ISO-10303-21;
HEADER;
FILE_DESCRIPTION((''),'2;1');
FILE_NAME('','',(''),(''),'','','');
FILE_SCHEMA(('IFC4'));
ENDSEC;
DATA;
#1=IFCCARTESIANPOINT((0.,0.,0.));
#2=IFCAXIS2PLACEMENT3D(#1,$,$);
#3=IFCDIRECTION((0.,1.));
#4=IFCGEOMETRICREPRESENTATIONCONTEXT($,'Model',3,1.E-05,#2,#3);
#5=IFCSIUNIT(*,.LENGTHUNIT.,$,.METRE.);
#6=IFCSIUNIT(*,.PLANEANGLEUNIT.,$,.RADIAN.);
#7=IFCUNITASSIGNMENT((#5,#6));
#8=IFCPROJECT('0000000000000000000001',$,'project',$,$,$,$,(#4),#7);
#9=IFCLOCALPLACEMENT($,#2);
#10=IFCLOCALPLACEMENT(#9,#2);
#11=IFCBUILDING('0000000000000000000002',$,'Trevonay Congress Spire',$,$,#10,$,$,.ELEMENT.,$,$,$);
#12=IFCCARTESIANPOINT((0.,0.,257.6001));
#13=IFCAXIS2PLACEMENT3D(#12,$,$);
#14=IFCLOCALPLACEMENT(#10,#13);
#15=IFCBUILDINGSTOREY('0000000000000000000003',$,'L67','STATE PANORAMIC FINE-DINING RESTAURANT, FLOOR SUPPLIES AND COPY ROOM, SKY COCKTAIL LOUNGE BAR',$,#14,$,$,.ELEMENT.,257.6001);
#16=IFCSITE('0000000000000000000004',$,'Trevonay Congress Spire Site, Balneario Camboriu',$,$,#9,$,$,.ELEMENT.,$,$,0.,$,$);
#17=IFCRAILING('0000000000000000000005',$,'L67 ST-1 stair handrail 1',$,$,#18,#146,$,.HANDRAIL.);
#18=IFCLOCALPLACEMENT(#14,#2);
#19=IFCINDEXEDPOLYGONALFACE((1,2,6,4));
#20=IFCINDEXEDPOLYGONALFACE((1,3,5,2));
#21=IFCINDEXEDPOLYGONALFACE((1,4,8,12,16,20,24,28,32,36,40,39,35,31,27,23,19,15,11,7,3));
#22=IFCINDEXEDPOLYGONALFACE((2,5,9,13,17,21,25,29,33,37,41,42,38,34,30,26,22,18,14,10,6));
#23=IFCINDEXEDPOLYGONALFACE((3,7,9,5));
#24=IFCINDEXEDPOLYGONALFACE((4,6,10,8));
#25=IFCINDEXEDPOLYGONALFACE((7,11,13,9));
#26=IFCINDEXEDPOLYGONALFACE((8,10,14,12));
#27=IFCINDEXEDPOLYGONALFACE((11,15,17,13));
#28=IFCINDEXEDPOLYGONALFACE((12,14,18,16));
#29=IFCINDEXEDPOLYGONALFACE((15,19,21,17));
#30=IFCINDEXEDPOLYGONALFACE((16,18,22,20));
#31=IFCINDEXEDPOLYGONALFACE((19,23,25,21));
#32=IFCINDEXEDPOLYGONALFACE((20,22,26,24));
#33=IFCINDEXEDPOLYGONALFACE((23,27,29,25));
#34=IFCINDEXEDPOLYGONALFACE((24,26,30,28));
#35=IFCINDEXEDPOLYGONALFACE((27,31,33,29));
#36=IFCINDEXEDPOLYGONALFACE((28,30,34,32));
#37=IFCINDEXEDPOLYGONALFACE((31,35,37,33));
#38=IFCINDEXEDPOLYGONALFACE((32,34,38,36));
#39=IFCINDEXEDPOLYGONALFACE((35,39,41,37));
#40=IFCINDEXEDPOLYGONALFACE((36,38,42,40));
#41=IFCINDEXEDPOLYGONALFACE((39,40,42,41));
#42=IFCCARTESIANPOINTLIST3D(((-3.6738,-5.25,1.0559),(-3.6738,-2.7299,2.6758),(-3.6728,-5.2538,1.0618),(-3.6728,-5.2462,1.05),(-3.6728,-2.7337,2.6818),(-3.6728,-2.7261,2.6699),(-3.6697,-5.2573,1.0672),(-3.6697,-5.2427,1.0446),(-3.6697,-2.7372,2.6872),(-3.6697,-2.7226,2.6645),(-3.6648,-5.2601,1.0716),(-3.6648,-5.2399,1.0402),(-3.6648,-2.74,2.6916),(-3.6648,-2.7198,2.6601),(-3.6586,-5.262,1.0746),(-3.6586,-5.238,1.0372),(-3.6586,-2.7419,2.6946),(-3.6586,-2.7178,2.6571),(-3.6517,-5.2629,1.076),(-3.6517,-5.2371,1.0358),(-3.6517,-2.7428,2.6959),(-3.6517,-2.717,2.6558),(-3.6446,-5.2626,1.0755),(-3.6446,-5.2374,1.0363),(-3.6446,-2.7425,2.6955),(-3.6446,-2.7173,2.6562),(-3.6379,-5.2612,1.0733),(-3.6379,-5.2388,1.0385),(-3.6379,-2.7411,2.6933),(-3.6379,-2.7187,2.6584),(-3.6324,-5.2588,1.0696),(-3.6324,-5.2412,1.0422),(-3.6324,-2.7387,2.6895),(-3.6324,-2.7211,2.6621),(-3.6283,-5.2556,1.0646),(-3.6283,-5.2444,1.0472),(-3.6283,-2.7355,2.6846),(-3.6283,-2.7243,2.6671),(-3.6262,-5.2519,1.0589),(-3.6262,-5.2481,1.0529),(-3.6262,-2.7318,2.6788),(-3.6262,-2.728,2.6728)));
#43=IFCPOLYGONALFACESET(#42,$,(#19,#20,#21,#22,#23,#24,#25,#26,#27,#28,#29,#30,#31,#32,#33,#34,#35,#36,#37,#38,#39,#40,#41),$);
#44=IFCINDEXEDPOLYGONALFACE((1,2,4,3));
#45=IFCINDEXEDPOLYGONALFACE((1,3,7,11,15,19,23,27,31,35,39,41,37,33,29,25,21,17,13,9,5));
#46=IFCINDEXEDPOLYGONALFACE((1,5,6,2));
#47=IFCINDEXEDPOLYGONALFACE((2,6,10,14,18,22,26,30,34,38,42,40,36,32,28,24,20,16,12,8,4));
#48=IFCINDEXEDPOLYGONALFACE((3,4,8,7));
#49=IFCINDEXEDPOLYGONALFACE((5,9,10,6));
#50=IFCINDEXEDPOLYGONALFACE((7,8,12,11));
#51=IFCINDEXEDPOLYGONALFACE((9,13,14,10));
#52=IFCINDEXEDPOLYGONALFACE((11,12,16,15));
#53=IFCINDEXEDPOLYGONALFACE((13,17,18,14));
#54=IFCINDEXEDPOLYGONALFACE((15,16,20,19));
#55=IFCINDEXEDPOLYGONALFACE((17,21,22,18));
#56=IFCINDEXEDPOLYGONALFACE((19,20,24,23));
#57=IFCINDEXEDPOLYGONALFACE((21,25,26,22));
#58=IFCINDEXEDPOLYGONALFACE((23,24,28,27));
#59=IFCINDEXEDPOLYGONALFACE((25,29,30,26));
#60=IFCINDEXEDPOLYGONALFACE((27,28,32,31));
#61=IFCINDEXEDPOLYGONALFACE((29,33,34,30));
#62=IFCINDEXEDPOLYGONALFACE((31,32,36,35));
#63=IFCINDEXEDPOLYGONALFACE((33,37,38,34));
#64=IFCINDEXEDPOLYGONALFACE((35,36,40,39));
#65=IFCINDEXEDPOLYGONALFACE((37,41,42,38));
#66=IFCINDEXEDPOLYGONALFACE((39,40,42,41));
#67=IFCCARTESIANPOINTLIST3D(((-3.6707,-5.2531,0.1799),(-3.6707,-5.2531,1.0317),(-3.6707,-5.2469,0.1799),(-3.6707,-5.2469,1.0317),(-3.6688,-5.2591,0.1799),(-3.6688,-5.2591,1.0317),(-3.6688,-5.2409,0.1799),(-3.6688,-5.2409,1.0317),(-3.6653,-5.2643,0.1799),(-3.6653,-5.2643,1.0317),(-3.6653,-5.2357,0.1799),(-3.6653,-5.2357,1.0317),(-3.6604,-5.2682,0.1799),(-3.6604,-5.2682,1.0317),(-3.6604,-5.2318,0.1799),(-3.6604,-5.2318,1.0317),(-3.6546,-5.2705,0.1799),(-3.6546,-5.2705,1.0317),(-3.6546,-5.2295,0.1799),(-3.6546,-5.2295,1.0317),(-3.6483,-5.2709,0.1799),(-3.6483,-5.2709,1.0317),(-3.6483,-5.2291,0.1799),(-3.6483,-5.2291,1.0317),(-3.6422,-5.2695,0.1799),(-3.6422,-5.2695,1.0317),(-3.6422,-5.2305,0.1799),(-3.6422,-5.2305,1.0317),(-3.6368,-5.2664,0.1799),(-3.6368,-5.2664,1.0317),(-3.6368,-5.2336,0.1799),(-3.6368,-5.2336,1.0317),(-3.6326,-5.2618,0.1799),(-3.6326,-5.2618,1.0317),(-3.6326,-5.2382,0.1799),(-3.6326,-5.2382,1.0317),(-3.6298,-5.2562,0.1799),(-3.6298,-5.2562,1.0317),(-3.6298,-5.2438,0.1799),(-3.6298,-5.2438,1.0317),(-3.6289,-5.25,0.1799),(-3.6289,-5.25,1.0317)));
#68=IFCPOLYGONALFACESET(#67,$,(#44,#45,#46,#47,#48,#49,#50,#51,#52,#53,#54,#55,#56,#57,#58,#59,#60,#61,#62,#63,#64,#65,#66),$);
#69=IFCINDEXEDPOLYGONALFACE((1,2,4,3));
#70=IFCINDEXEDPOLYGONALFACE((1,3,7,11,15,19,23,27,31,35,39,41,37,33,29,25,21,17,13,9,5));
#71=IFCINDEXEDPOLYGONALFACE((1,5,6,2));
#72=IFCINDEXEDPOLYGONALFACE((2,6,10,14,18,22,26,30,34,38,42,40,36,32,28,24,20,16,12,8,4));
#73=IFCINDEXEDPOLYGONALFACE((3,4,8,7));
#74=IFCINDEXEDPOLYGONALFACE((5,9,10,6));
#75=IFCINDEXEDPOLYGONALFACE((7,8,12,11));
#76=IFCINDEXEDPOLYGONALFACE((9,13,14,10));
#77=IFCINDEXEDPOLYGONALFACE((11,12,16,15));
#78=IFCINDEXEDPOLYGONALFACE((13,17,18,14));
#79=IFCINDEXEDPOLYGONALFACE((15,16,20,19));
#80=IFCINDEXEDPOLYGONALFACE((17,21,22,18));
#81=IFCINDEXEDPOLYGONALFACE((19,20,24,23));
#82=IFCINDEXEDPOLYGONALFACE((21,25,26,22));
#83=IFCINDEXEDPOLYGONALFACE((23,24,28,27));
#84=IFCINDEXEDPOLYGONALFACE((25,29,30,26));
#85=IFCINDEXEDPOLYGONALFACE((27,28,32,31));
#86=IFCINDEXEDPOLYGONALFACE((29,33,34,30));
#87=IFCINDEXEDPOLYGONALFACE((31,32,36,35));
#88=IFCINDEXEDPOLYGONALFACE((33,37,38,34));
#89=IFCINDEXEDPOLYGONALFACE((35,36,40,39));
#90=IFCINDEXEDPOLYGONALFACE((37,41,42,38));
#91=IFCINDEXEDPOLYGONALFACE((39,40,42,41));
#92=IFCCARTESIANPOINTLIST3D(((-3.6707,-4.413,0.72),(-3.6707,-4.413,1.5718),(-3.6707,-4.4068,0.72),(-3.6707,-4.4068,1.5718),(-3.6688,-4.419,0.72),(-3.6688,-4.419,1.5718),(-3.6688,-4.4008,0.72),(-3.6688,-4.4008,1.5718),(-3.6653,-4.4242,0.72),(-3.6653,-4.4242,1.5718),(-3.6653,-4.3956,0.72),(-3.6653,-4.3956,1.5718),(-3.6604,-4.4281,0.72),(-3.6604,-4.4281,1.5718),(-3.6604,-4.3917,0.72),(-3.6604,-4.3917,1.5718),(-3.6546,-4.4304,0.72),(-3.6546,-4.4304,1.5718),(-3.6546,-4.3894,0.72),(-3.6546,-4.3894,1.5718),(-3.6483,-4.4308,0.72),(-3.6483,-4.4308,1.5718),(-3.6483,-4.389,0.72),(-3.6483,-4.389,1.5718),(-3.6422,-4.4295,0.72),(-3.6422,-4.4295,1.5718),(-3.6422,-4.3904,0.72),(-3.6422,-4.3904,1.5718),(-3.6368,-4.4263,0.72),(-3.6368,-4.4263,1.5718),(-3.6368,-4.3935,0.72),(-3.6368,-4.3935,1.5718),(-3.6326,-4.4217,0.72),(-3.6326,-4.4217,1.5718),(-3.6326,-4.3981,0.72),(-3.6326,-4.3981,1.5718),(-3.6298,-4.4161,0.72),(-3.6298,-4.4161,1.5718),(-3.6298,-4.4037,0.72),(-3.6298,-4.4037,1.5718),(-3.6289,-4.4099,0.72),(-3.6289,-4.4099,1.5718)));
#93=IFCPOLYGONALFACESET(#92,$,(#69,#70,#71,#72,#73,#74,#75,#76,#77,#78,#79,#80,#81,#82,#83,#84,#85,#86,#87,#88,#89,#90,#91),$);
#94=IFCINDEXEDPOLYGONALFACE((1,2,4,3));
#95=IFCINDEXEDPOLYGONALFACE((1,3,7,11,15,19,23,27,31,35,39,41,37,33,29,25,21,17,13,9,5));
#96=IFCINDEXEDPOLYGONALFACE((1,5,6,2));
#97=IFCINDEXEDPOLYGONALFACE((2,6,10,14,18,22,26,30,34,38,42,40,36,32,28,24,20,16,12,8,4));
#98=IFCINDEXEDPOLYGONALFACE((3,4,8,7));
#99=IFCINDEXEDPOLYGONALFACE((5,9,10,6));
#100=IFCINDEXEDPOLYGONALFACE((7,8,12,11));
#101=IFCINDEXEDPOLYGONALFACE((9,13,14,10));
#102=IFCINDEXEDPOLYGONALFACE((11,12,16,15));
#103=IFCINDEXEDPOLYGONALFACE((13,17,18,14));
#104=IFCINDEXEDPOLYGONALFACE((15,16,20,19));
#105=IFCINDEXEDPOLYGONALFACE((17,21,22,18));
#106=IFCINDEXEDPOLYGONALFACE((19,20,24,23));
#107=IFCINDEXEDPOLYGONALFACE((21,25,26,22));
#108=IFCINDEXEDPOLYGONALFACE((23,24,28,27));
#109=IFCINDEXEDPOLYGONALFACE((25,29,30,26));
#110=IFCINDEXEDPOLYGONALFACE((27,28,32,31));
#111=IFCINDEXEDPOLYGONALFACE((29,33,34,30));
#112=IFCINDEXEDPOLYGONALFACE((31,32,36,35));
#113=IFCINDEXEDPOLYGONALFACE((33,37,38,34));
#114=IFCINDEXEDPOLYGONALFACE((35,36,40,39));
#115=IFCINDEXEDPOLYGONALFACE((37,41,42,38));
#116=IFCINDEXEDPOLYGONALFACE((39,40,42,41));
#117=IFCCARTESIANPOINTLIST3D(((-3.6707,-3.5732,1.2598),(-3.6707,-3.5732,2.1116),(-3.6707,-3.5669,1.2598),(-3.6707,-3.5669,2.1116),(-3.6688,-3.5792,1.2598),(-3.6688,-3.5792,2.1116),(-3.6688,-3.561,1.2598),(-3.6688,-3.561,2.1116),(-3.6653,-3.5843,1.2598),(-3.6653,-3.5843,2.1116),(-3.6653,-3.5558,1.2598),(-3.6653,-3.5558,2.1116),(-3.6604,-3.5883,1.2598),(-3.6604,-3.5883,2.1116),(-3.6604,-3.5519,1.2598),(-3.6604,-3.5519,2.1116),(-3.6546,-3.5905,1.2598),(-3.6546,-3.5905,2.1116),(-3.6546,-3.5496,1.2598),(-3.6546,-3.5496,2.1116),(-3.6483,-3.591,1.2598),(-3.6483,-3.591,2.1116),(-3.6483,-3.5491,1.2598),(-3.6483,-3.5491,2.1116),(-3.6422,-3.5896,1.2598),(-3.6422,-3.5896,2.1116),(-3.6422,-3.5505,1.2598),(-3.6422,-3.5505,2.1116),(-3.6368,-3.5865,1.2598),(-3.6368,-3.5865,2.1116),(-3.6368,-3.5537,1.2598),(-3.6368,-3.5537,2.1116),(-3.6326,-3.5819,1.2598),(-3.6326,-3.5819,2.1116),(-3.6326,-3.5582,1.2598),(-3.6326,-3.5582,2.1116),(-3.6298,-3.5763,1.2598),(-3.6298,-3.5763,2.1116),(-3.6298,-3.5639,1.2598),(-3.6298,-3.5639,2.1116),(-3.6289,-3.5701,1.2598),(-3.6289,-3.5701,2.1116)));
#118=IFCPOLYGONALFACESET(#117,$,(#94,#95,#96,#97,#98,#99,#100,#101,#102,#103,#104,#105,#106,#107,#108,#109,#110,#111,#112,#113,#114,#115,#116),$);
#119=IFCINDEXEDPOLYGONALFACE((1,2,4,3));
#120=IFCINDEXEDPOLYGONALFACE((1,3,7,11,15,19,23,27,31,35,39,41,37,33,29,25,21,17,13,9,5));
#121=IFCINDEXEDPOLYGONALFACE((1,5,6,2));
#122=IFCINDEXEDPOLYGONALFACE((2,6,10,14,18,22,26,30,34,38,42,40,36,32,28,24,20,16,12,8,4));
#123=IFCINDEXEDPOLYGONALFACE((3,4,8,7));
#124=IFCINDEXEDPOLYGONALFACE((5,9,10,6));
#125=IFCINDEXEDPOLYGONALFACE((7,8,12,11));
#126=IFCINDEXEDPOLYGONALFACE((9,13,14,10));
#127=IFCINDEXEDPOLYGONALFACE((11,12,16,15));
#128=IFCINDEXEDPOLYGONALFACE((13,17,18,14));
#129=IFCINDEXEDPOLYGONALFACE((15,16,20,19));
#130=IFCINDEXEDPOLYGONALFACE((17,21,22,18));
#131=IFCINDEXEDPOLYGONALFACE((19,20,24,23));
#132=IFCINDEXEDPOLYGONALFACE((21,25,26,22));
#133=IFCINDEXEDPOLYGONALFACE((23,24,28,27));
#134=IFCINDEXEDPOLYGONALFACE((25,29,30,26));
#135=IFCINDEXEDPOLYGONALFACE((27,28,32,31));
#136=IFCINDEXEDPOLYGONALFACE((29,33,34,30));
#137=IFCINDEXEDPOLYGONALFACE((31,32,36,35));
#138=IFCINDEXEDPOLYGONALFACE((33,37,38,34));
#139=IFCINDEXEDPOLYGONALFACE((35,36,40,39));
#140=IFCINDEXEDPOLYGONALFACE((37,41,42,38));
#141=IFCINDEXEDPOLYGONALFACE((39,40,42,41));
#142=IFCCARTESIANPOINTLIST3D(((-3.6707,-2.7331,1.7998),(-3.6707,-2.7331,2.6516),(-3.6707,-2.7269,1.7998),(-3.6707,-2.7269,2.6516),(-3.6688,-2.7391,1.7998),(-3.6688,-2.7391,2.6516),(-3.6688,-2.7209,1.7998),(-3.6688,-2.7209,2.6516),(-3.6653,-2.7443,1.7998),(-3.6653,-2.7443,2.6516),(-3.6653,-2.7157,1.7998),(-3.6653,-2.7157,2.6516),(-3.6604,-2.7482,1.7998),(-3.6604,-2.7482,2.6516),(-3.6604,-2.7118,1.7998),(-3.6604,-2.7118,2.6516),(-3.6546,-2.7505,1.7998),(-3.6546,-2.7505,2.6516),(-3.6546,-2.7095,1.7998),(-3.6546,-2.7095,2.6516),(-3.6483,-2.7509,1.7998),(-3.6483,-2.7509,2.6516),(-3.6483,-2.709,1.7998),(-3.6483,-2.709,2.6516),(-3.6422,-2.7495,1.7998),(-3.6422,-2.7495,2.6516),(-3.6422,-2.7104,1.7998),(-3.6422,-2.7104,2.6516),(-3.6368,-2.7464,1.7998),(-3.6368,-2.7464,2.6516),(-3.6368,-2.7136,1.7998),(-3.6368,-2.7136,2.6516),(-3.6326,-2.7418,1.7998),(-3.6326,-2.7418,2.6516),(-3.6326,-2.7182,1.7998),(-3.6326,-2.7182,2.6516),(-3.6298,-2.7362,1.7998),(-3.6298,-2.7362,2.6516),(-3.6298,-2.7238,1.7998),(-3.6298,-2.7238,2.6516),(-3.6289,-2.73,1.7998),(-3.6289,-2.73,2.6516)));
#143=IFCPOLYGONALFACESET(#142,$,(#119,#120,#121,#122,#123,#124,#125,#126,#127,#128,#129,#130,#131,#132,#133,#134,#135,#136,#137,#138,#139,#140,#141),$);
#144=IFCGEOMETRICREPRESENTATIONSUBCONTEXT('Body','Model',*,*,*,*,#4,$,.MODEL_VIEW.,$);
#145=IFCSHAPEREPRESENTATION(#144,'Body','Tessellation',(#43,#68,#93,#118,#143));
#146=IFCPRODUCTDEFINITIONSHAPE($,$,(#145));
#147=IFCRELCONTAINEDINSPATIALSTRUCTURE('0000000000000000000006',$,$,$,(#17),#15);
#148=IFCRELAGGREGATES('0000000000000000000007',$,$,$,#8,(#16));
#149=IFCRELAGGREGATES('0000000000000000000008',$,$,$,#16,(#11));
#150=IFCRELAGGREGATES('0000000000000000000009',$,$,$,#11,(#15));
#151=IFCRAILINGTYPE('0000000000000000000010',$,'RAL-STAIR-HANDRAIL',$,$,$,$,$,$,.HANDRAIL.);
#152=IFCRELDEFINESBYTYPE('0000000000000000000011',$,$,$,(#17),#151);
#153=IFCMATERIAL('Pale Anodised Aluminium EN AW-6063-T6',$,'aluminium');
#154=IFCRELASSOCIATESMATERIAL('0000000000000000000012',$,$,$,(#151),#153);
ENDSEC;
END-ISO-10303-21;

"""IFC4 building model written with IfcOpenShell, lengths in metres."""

from ifc_helpers import new_model, si_unit, direction, frame, origin, origin_2d, place, context, subcontext, project, spatial, circle, extrude, material, type_object, element, save


model = new_model("IFC4")

# Units and contexts
model_context = context("Model", 3, precision=1e-05, world=origin(), true_north=direction((0.0, 1.0)))
body_context = subcontext(model_context, "Body", "Model", "MODEL_VIEW")
ifc_project = project(units=[si_unit("LENGTHUNIT", "METRE"), si_unit("PLANEANGLEUNIT", "RADIAN")], contexts=[model_context])

# Site, building, storey
site_placement = place(None, origin())
site = spatial("IfcSite", under=ifc_project, at=site_placement, Name="Trevonay Congress Spire Site, Balneario Camboriu", CompositionType="ELEMENT", RefElevation=0.0)
building_placement = place(site_placement, origin())
building = spatial("IfcBuilding", under=site, at=building_placement, Name="Trevonay Congress Spire", CompositionType="ELEMENT")
storey_placement = place(building_placement, frame((0.0, 0.0, 257.6001)))
storey = spatial("IfcBuildingStorey", under=building, at=storey_placement, Name="L67", Description="STATE PANORAMIC FINE-DINING RESTAURANT, FLOOR SUPPLIES AND COPY ROOM, SKY COCKTAIL LOUNGE BAR", CompositionType="ELEMENT", Elevation=257.6001)

# Railing
ifc_material_1 = material(Name="Pale Anodised Aluminium EN AW-6063-T6", Category="aluminium")
railing_type_1 = type_object("IfcRailingType", Name="RAL-STAIR-HANDRAIL", PredefinedType="HANDRAIL", material=ifc_material_1)
railing_1_placement = place(storey_placement, frame((-3.6499, -5.25, 0.1799)))
element("IfcRailing", 1, at=railing_1_placement, inside=storey, type_object=railing_type_1, Name="L67 ST-1 stair handrail 1", PredefinedType="HANDRAIL", context=body_context, shape_type="SweptSolid", body=[
    extrude(circle(Radius=0.0239, at=origin_2d()), frame((0.0, 0.0, 0.876), z_axis=(0.0, 0.8412, 0.540725), x_axis=(-1.0, 0.0, 0.0)), (0.0, 0.0, 1.0), 2.9958),
    extrude(circle(Radius=0.021, at=origin_2d()), origin(), (0.0, 0.0, 1.0), 0.8518),
    extrude(circle(Radius=0.021, at=origin_2d()), frame((0.0, 0.8401, 0.54)), (0.0, 0.0, 1.0), 0.8518),
    extrude(circle(Radius=0.021, at=origin_2d()), frame((0.0, 1.6799, 1.0798)), (0.0, 0.0, 1.0), 0.8518),
    extrude(circle(Radius=0.021, at=origin_2d()), frame((0.0, 2.52, 1.6199)), (0.0, 0.0, 1.0), 0.8518),
])

save(model, "model.ifc")
